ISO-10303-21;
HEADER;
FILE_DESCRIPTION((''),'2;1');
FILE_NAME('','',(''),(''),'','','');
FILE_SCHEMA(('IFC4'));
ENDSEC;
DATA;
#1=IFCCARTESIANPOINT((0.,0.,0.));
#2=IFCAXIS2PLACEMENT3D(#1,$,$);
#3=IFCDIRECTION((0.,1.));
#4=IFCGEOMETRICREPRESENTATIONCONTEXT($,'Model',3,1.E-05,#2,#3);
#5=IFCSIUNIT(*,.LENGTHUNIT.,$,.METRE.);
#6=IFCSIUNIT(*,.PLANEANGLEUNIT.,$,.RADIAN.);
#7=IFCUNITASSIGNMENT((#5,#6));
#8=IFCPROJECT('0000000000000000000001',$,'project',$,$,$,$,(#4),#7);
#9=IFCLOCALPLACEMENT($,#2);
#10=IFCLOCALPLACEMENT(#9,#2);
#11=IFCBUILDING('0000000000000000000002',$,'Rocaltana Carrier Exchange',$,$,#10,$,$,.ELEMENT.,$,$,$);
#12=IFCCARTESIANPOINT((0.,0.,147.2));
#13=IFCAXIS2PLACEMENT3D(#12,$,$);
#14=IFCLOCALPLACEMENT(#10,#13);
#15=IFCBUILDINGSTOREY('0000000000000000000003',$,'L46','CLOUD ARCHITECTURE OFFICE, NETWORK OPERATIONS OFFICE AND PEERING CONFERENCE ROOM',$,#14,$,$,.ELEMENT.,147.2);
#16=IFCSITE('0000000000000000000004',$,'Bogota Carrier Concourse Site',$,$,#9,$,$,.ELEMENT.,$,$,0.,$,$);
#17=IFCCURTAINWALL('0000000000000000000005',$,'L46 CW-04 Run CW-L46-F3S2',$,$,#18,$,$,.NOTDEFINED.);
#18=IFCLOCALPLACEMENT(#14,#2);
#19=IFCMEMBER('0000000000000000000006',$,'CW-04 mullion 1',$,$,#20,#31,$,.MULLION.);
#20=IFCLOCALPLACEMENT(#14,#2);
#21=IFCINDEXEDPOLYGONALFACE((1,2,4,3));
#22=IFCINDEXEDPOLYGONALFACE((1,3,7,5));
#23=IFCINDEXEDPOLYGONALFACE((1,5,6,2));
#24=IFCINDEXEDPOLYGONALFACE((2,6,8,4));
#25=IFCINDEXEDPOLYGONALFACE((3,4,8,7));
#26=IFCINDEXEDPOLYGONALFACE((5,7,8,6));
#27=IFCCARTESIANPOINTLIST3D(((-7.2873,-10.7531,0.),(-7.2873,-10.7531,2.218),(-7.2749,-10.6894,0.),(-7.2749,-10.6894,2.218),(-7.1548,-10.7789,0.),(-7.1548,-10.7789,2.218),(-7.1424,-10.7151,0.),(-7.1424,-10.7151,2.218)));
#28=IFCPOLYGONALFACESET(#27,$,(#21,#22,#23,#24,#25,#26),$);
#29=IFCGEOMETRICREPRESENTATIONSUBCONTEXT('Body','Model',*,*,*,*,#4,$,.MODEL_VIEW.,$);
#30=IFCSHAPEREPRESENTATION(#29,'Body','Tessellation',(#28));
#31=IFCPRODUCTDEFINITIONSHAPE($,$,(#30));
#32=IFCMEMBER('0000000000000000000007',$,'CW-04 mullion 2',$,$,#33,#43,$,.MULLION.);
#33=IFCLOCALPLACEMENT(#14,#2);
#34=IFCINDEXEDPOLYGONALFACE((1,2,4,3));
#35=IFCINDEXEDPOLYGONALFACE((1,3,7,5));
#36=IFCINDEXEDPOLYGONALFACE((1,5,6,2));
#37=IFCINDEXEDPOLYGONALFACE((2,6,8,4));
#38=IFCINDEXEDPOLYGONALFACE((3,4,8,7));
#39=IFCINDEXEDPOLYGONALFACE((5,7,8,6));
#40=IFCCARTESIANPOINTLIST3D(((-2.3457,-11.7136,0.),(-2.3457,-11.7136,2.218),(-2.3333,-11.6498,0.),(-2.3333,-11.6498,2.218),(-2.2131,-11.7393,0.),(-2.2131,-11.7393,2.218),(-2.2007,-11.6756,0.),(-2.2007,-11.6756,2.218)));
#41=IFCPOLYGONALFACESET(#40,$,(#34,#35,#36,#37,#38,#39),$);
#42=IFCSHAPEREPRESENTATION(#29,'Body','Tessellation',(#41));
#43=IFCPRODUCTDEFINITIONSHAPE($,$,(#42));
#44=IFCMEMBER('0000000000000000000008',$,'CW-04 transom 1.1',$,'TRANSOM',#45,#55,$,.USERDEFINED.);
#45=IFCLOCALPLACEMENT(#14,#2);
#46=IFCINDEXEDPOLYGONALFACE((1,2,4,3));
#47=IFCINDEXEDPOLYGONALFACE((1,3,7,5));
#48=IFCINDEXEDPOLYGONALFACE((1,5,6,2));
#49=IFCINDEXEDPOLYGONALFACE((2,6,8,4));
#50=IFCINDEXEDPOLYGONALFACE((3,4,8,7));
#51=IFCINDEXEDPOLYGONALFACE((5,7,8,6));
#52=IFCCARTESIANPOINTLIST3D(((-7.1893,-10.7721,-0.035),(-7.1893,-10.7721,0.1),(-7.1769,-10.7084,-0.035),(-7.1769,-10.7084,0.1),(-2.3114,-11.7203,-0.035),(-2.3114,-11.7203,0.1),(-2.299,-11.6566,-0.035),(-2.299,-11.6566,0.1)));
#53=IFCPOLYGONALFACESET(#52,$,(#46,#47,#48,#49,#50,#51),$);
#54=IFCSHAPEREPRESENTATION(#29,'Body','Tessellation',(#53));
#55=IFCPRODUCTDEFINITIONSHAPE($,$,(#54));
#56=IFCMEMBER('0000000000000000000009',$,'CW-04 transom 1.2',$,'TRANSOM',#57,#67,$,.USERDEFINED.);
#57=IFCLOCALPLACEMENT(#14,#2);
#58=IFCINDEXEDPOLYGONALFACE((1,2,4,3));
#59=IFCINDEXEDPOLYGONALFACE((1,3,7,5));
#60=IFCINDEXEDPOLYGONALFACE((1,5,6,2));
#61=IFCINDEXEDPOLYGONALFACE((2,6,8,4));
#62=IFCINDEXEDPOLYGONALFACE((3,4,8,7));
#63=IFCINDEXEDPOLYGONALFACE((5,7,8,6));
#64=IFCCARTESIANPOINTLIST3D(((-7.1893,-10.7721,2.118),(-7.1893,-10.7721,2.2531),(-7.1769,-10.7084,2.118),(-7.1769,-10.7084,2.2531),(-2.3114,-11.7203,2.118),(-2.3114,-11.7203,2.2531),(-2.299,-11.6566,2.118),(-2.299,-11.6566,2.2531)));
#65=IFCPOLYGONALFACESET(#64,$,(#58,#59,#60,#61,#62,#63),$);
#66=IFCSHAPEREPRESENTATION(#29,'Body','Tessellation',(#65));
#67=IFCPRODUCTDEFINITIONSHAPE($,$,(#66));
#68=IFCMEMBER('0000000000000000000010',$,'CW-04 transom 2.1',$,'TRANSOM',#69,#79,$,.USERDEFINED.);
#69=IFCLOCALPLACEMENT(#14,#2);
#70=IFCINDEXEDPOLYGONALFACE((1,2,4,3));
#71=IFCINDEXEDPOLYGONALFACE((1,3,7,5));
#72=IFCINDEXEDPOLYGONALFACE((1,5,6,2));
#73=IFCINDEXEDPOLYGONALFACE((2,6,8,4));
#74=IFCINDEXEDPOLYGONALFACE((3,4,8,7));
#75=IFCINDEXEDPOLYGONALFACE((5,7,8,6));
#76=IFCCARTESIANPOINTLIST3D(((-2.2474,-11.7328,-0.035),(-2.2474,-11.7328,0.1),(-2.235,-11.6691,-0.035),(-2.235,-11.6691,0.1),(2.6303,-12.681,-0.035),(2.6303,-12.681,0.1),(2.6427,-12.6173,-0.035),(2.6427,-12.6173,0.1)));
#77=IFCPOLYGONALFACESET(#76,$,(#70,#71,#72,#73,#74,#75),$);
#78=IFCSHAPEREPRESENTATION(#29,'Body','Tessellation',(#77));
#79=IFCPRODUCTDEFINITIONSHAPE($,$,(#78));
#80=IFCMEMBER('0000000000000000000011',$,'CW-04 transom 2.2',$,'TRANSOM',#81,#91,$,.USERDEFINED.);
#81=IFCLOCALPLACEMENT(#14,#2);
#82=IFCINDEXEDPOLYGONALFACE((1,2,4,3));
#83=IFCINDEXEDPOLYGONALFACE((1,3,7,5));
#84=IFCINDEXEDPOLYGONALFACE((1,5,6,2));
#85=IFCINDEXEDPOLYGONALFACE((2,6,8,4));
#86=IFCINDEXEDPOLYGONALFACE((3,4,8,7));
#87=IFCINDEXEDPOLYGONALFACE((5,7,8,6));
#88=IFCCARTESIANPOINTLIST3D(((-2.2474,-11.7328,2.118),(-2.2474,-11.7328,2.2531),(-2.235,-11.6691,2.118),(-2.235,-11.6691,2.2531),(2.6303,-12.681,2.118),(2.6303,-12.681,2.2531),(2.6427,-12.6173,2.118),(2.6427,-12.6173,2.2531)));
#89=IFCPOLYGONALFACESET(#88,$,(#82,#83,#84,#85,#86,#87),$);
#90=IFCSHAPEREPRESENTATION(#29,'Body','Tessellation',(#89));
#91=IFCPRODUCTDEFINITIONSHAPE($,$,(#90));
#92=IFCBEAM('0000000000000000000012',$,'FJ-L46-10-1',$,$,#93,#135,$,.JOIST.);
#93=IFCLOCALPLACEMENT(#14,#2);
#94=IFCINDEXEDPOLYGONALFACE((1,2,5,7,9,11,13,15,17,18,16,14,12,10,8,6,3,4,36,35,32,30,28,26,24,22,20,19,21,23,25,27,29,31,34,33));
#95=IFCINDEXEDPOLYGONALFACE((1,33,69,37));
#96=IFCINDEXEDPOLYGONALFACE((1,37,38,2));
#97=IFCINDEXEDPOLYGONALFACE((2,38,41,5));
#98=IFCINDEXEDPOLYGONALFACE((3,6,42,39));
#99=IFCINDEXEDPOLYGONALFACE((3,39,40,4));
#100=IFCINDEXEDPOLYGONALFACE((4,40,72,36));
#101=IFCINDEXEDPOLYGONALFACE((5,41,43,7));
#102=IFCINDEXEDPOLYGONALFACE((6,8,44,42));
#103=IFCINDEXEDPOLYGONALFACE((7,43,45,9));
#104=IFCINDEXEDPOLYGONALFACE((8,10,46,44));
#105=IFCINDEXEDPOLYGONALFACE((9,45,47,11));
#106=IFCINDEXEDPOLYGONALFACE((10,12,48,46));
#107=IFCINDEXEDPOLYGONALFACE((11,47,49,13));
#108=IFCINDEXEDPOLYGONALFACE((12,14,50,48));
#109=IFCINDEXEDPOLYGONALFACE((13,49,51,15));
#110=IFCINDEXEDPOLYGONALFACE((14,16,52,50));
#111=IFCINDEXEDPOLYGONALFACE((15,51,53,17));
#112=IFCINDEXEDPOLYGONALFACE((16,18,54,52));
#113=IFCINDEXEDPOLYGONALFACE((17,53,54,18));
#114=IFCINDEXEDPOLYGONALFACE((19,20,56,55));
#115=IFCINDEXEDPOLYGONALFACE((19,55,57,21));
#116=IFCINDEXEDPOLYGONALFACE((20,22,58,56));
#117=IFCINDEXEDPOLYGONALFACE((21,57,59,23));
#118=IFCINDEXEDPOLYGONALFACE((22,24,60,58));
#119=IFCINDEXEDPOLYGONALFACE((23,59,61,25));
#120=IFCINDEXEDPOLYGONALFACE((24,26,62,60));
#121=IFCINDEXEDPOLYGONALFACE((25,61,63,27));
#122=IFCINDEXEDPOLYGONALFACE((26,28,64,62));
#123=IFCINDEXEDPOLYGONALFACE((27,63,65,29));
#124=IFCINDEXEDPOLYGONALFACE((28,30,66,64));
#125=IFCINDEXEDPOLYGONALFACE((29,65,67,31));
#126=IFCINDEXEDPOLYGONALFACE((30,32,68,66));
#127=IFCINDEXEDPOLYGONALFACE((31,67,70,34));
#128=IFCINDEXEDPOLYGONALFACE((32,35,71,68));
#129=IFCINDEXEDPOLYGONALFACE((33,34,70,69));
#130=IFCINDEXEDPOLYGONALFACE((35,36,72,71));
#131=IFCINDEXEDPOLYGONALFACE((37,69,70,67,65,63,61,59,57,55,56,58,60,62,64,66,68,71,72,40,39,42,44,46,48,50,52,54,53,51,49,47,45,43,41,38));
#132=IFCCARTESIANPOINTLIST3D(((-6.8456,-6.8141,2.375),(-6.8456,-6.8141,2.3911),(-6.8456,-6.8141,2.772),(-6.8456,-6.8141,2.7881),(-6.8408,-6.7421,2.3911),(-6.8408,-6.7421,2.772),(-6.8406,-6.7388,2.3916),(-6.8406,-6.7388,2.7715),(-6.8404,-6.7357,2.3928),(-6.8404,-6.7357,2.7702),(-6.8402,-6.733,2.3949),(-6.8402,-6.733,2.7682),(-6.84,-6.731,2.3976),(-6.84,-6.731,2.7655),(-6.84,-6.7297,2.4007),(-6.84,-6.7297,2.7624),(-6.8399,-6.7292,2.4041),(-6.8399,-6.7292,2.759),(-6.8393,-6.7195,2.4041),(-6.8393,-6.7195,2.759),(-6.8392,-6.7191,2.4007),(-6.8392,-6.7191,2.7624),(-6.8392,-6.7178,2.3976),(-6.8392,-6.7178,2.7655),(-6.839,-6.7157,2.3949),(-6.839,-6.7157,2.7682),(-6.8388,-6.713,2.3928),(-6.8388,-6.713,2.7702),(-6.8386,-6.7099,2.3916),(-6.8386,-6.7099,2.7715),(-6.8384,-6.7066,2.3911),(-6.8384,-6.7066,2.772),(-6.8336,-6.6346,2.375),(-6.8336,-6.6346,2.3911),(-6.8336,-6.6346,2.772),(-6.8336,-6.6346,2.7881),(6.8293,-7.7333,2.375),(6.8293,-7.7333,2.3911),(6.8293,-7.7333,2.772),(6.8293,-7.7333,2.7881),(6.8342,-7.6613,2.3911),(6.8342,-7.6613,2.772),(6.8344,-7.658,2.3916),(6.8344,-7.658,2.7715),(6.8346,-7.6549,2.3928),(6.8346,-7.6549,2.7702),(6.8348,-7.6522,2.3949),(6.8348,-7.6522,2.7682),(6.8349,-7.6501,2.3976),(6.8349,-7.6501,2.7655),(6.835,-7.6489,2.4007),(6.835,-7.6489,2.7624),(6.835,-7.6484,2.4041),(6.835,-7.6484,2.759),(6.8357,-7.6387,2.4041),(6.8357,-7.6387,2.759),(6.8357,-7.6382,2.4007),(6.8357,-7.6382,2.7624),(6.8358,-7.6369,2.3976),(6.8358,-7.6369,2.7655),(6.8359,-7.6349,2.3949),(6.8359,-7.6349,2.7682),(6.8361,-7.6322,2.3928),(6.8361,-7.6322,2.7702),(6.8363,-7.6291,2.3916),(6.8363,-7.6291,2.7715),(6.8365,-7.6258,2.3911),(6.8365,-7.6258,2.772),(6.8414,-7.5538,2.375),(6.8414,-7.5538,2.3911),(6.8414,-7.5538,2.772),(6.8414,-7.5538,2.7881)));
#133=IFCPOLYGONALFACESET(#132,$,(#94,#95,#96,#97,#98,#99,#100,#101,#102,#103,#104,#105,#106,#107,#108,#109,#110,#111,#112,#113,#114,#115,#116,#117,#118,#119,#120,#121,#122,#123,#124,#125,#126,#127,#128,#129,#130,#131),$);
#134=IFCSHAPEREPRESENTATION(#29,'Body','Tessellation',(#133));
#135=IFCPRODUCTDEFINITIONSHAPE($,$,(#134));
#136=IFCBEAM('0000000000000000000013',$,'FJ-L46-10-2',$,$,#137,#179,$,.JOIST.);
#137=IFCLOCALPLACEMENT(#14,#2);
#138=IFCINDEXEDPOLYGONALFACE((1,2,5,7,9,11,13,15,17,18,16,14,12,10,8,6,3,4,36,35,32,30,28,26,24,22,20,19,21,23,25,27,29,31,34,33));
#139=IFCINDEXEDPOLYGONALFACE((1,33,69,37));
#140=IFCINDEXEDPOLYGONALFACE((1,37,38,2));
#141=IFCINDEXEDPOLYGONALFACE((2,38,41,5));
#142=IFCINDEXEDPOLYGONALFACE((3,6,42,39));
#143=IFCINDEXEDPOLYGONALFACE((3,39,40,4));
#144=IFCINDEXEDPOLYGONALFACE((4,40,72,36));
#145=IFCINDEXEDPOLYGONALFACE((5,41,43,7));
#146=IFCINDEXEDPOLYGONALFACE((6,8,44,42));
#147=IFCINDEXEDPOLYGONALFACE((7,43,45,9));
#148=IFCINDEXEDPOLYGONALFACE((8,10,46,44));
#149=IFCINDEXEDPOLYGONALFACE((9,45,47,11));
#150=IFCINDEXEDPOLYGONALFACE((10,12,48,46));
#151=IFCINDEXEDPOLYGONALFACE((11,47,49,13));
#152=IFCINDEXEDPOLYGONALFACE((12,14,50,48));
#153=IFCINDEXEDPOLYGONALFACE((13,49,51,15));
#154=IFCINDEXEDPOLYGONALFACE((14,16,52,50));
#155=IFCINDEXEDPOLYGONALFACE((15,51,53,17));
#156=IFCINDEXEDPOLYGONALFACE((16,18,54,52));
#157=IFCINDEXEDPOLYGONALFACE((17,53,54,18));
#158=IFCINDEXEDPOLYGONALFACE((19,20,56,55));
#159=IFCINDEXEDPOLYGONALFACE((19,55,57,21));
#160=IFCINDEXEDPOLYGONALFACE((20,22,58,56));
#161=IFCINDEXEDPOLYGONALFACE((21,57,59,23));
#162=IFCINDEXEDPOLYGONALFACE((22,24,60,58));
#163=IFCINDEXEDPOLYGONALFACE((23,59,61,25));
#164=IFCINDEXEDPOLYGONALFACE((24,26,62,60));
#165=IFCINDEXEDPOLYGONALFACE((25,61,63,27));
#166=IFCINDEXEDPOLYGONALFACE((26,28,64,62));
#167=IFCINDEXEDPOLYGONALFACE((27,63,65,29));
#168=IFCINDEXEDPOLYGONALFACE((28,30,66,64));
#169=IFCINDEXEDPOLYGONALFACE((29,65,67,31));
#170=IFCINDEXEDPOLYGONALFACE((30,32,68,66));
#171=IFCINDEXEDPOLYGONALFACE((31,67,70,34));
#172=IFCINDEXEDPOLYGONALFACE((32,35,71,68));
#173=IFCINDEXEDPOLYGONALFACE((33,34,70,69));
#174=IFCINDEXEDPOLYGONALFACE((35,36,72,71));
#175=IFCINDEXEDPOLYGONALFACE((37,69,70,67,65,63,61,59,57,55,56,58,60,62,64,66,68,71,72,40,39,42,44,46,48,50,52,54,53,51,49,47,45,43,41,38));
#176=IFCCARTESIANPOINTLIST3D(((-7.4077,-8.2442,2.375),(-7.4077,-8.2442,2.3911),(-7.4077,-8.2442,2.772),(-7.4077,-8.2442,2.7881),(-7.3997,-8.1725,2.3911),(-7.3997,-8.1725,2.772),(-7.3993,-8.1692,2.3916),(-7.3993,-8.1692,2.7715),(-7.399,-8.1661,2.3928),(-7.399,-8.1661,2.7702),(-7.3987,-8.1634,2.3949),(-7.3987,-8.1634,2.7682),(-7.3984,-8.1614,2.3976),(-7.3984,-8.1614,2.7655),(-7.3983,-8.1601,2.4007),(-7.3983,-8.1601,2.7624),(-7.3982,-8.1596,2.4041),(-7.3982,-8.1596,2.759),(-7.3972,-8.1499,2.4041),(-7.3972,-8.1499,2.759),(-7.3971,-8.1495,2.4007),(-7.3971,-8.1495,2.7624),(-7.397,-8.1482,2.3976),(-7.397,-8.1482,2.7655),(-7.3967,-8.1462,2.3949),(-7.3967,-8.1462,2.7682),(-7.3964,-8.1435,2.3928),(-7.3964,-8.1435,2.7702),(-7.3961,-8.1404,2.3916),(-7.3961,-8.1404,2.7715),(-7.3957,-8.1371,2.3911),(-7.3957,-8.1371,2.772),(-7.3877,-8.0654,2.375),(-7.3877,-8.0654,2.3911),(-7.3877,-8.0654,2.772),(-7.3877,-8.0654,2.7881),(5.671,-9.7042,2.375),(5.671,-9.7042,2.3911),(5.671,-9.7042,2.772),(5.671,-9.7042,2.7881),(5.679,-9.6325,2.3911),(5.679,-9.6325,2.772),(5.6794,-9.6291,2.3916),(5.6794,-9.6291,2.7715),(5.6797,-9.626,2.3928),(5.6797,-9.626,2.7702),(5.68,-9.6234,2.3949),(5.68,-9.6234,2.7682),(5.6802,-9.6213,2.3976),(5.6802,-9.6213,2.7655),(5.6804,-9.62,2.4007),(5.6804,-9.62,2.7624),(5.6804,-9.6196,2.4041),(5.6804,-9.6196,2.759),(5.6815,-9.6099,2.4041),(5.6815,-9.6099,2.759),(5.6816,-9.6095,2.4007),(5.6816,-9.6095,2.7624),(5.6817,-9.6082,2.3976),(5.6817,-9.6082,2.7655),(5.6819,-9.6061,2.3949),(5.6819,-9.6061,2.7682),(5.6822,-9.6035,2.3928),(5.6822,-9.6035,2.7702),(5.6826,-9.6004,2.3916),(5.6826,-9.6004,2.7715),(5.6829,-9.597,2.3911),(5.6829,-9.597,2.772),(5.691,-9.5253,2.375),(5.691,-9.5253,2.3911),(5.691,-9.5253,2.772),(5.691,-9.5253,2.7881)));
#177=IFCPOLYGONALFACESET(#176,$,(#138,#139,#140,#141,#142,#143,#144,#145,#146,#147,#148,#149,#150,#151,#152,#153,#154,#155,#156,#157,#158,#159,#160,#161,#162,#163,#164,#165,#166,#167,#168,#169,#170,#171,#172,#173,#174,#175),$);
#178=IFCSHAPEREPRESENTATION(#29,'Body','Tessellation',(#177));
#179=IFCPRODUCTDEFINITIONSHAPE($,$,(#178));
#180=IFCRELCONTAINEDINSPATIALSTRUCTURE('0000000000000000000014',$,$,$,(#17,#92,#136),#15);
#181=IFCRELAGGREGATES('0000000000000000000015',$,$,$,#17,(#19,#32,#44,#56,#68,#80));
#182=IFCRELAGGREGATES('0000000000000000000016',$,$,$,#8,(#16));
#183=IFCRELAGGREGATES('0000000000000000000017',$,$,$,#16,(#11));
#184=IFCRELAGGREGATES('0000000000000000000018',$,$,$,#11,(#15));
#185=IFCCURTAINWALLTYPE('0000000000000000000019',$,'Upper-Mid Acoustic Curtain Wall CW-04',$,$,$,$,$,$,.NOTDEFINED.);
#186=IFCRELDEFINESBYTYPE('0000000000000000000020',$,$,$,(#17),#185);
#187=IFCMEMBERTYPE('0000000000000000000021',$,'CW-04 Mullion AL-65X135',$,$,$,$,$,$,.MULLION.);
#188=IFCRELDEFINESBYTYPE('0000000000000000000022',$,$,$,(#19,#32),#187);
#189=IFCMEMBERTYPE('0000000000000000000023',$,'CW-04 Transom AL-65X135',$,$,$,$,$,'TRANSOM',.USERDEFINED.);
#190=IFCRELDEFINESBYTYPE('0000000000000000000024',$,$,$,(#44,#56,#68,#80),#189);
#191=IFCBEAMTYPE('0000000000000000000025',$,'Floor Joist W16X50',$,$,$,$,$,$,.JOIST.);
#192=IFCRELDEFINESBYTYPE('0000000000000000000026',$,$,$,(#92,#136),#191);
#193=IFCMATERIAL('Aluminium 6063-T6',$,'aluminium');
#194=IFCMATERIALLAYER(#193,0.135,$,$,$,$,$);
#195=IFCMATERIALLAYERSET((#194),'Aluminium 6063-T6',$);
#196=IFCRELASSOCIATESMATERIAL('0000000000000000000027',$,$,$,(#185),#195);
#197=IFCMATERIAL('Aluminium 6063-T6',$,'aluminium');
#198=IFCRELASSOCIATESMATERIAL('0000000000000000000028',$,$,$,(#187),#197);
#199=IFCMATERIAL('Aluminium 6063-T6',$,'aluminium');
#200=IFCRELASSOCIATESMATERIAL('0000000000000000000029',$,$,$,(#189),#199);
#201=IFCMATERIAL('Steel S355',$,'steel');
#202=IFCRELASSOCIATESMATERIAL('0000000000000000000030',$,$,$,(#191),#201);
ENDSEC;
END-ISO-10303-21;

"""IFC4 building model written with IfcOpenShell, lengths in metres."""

from ifc_helpers import new_model, si_unit, direction, frame, origin, origin_2d, place, context, subcontext, project, spatial, rectangle, i_section, extrude, material, layer, layer_set, material_profile, profile_set, type_object, element, aggregate, save


model = new_model("IFC4")

# Units and contexts
model_context = context("Model", 3, precision=1e-05, world=origin(), true_north=direction((0.0, 1.0)))
body_context = subcontext(model_context, "Body", "Model", "MODEL_VIEW")
ifc_project = project(units=[si_unit("LENGTHUNIT", "METRE"), si_unit("PLANEANGLEUNIT", "RADIAN")], contexts=[model_context])

# Site, building, storey
site_placement = place(None, origin())
site = spatial("IfcSite", under=ifc_project, at=site_placement, Name="Bogota Carrier Concourse Site", CompositionType="ELEMENT", RefElevation=0.0)
building_placement = place(site_placement, origin())
building = spatial("IfcBuilding", under=site, at=building_placement, Name="Rocaltana Carrier Exchange", CompositionType="ELEMENT")
storey_placement = place(building_placement, frame((0.0, 0.0, 147.2)))
storey = spatial("IfcBuildingStorey", under=building, at=storey_placement, Name="L46", Description="CLOUD ARCHITECTURE OFFICE, NETWORK OPERATIONS OFFICE AND PEERING CONFERENCE ROOM", CompositionType="ELEMENT", Elevation=147.2)

# Curtain wall, members
ifc_material_1 = material(Name="Aluminium 6063-T6", Category="aluminium")
ifc_layer_1 = layer(ifc_material_1, 0.135)
ifc_layer_set_1 = layer_set([ifc_layer_1], Name="Aluminium 6063-T6")
curtain_wall_type = type_object("IfcCurtainWallType", Name="Upper-Mid Acoustic Curtain Wall CW-04", PredefinedType="NOTDEFINED", material=ifc_layer_set_1)
curtain_wall_placement = place(storey_placement, origin())
curtain_wall = element("IfcCurtainWall", 1, at=curtain_wall_placement, inside=storey, type_object=curtain_wall_type, Name="L46 CW-04 Run CW-L46-F3S2", PredefinedType="NOTDEFINED")
ifc_material_2 = material(Name="Aluminium 6063-T6", Category="aluminium")
ifc_material_profile_1 = material_profile(ifc_material_2, rectangle(XDim=0.0649, YDim=0.135, at=origin_2d()), Name="AL-65X135")
ifc_profile_set_1 = profile_set([ifc_material_profile_1], Name="Aluminium 6063-T6")
member_type_1 = type_object("IfcMemberType", Name="CW-04 Mullion AL-65X135", PredefinedType="MULLION", material=ifc_profile_set_1)
member_1_placement = place(storey_placement, frame((-7.2148, -10.7341, 0.0), z_axis=(0.0, 0.0, 1.0), x_axis=(0.190815, 0.981626, 0.0)))
member_1 = element("IfcMember", 2, at=member_1_placement, type_object=member_type_1, Name="CW-04 mullion 1", PredefinedType="MULLION", context=body_context, shape_type="SweptSolid", body=[
    extrude(rectangle(XDim=0.0649, YDim=0.135, at=origin_2d()), origin(), (0.0, 0.0, 1.0), 2.218),
])
member_2_placement = place(storey_placement, frame((-2.2732, -11.6946, 0.0), z_axis=(0.0, 0.0, 1.0), x_axis=(0.190815, 0.981626, 0.0)))
member_2 = element("IfcMember", 3, at=member_2_placement, type_object=member_type_1, Name="CW-04 mullion 2", PredefinedType="MULLION", context=body_context, shape_type="SweptSolid", body=[
    extrude(rectangle(XDim=0.0649, YDim=0.135, at=origin_2d()), origin(), (0.0, 0.0, 1.0), 2.218),
])
ifc_material_3 = material(Name="Aluminium 6063-T6", Category="aluminium")
ifc_material_profile_2 = material_profile(ifc_material_3, rectangle(XDim=0.0649, YDim=0.135, at=origin_2d()), Name="AL-65X135")
ifc_profile_set_2 = profile_set([ifc_material_profile_2], Name="Aluminium 6063-T6")
member_type_2 = type_object("IfcMemberType", Name="CW-04 Transom AL-65X135", ElementType="TRANSOM", PredefinedType="USERDEFINED", material=ifc_profile_set_2)
member_3_placement = place(storey_placement, frame((-7.1831, -10.7402, 0.0325), z_axis=(0.981625, -0.190822, 0.0), x_axis=(0.190822, 0.981625, 0.0)))
member_3 = element("IfcMember", 4, at=member_3_placement, type_object=member_type_2, Name="CW-04 transom 1.1", ObjectType="TRANSOM", PredefinedType="USERDEFINED", context=body_context, shape_type="SweptSolid", body=[
    extrude(rectangle(XDim=0.0649, YDim=0.135, at=origin_2d()), origin(), (0.0, 0.0, 1.0), 4.9692),
])
member_4_placement = place(storey_placement, frame((-7.1831, -10.7402, 2.1855), z_axis=(0.981625, -0.190822, 0.0), x_axis=(0.190822, 0.981625, 0.0)))
member_4 = element("IfcMember", 5, at=member_4_placement, type_object=member_type_2, Name="CW-04 transom 1.2", ObjectType="TRANSOM", PredefinedType="USERDEFINED", context=body_context, shape_type="SweptSolid", body=[
    extrude(rectangle(XDim=0.0649, YDim=0.135, at=origin_2d()), origin(), (0.0, 0.0, 1.0), 4.9692),
])
member_5_placement = place(storey_placement, frame((-2.2412, -11.7009, 0.0325), z_axis=(0.981623, -0.190832, 0.0), x_axis=(0.190832, 0.981623, 0.0)))
member_5 = element("IfcMember", 6, at=member_5_placement, type_object=member_type_2, Name="CW-04 transom 2.1", ObjectType="TRANSOM", PredefinedType="USERDEFINED", context=body_context, shape_type="SweptSolid", body=[
    extrude(rectangle(XDim=0.0649, YDim=0.135, at=origin_2d()), origin(), (0.0, 0.0, 1.0), 4.969),
])
member_6_placement = place(storey_placement, frame((-2.2412, -11.7009, 2.1855), z_axis=(0.981623, -0.190832, 0.0), x_axis=(0.190832, 0.981623, 0.0)))
member_6 = element("IfcMember", 7, at=member_6_placement, type_object=member_type_2, Name="CW-04 transom 2.2", ObjectType="TRANSOM", PredefinedType="USERDEFINED", context=body_context, shape_type="SweptSolid", body=[
    extrude(rectangle(XDim=0.0649, YDim=0.135, at=origin_2d()), origin(), (0.0, 0.0, 1.0), 4.969),
])

# Beams
ifc_material_4 = material(Name="Steel S355", Category="steel")
ifc_material_profile_3 = material_profile(ifc_material_4, i_section(OverallWidth=0.1799, OverallDepth=0.4131, WebThickness=0.0098, FlangeThickness=0.0161, FilletRadius=0.0129, at=origin_2d()), Name="W16X50")
ifc_profile_set_3 = profile_set([ifc_material_profile_3], Name="Steel S355")
beam_type_1 = type_object("IfcBeamType", Name="Floor Joist W16X50", PredefinedType="JOIST", material=ifc_profile_set_3)
beam_1_placement = place(storey_placement, frame((-6.8396, -6.7244, 2.5815), z_axis=(0.997749, -0.067065, 0.0), x_axis=(0.067065, 0.997749, 0.0)))
element("IfcBeam", 8, at=beam_1_placement, inside=storey, type_object=beam_type_1, Name="FJ-L46-10-1", PredefinedType="JOIST", context=body_context, shape_type="SweptSolid", body=[
    extrude(i_section(OverallWidth=0.1799, OverallDepth=0.4131, WebThickness=0.0098, FlangeThickness=0.0161, FilletRadius=0.0129, at=origin_2d()), origin(), (0.0, 0.0, 1.0), 13.7058),
])
beam_2_placement = place(storey_placement, frame((-7.3977, -8.1548, 2.5815), z_axis=(0.993827, -0.110941, 0.0), x_axis=(0.110941, 0.993827, 0.0)))
element("IfcBeam", 9, at=beam_2_placement, inside=storey, type_object=beam_type_1, Name="FJ-L46-10-2", PredefinedType="JOIST", context=body_context, shape_type="SweptSolid", body=[
    extrude(i_section(OverallWidth=0.1799, OverallDepth=0.4131, WebThickness=0.0098, FlangeThickness=0.0161, FilletRadius=0.0129, at=origin_2d()), origin(), (0.0, 0.0, 1.0), 13.1599),
])

aggregate(curtain_wall, [member_1, member_2, member_3, member_4, member_5, member_6])

save(model, "model.ifc")
